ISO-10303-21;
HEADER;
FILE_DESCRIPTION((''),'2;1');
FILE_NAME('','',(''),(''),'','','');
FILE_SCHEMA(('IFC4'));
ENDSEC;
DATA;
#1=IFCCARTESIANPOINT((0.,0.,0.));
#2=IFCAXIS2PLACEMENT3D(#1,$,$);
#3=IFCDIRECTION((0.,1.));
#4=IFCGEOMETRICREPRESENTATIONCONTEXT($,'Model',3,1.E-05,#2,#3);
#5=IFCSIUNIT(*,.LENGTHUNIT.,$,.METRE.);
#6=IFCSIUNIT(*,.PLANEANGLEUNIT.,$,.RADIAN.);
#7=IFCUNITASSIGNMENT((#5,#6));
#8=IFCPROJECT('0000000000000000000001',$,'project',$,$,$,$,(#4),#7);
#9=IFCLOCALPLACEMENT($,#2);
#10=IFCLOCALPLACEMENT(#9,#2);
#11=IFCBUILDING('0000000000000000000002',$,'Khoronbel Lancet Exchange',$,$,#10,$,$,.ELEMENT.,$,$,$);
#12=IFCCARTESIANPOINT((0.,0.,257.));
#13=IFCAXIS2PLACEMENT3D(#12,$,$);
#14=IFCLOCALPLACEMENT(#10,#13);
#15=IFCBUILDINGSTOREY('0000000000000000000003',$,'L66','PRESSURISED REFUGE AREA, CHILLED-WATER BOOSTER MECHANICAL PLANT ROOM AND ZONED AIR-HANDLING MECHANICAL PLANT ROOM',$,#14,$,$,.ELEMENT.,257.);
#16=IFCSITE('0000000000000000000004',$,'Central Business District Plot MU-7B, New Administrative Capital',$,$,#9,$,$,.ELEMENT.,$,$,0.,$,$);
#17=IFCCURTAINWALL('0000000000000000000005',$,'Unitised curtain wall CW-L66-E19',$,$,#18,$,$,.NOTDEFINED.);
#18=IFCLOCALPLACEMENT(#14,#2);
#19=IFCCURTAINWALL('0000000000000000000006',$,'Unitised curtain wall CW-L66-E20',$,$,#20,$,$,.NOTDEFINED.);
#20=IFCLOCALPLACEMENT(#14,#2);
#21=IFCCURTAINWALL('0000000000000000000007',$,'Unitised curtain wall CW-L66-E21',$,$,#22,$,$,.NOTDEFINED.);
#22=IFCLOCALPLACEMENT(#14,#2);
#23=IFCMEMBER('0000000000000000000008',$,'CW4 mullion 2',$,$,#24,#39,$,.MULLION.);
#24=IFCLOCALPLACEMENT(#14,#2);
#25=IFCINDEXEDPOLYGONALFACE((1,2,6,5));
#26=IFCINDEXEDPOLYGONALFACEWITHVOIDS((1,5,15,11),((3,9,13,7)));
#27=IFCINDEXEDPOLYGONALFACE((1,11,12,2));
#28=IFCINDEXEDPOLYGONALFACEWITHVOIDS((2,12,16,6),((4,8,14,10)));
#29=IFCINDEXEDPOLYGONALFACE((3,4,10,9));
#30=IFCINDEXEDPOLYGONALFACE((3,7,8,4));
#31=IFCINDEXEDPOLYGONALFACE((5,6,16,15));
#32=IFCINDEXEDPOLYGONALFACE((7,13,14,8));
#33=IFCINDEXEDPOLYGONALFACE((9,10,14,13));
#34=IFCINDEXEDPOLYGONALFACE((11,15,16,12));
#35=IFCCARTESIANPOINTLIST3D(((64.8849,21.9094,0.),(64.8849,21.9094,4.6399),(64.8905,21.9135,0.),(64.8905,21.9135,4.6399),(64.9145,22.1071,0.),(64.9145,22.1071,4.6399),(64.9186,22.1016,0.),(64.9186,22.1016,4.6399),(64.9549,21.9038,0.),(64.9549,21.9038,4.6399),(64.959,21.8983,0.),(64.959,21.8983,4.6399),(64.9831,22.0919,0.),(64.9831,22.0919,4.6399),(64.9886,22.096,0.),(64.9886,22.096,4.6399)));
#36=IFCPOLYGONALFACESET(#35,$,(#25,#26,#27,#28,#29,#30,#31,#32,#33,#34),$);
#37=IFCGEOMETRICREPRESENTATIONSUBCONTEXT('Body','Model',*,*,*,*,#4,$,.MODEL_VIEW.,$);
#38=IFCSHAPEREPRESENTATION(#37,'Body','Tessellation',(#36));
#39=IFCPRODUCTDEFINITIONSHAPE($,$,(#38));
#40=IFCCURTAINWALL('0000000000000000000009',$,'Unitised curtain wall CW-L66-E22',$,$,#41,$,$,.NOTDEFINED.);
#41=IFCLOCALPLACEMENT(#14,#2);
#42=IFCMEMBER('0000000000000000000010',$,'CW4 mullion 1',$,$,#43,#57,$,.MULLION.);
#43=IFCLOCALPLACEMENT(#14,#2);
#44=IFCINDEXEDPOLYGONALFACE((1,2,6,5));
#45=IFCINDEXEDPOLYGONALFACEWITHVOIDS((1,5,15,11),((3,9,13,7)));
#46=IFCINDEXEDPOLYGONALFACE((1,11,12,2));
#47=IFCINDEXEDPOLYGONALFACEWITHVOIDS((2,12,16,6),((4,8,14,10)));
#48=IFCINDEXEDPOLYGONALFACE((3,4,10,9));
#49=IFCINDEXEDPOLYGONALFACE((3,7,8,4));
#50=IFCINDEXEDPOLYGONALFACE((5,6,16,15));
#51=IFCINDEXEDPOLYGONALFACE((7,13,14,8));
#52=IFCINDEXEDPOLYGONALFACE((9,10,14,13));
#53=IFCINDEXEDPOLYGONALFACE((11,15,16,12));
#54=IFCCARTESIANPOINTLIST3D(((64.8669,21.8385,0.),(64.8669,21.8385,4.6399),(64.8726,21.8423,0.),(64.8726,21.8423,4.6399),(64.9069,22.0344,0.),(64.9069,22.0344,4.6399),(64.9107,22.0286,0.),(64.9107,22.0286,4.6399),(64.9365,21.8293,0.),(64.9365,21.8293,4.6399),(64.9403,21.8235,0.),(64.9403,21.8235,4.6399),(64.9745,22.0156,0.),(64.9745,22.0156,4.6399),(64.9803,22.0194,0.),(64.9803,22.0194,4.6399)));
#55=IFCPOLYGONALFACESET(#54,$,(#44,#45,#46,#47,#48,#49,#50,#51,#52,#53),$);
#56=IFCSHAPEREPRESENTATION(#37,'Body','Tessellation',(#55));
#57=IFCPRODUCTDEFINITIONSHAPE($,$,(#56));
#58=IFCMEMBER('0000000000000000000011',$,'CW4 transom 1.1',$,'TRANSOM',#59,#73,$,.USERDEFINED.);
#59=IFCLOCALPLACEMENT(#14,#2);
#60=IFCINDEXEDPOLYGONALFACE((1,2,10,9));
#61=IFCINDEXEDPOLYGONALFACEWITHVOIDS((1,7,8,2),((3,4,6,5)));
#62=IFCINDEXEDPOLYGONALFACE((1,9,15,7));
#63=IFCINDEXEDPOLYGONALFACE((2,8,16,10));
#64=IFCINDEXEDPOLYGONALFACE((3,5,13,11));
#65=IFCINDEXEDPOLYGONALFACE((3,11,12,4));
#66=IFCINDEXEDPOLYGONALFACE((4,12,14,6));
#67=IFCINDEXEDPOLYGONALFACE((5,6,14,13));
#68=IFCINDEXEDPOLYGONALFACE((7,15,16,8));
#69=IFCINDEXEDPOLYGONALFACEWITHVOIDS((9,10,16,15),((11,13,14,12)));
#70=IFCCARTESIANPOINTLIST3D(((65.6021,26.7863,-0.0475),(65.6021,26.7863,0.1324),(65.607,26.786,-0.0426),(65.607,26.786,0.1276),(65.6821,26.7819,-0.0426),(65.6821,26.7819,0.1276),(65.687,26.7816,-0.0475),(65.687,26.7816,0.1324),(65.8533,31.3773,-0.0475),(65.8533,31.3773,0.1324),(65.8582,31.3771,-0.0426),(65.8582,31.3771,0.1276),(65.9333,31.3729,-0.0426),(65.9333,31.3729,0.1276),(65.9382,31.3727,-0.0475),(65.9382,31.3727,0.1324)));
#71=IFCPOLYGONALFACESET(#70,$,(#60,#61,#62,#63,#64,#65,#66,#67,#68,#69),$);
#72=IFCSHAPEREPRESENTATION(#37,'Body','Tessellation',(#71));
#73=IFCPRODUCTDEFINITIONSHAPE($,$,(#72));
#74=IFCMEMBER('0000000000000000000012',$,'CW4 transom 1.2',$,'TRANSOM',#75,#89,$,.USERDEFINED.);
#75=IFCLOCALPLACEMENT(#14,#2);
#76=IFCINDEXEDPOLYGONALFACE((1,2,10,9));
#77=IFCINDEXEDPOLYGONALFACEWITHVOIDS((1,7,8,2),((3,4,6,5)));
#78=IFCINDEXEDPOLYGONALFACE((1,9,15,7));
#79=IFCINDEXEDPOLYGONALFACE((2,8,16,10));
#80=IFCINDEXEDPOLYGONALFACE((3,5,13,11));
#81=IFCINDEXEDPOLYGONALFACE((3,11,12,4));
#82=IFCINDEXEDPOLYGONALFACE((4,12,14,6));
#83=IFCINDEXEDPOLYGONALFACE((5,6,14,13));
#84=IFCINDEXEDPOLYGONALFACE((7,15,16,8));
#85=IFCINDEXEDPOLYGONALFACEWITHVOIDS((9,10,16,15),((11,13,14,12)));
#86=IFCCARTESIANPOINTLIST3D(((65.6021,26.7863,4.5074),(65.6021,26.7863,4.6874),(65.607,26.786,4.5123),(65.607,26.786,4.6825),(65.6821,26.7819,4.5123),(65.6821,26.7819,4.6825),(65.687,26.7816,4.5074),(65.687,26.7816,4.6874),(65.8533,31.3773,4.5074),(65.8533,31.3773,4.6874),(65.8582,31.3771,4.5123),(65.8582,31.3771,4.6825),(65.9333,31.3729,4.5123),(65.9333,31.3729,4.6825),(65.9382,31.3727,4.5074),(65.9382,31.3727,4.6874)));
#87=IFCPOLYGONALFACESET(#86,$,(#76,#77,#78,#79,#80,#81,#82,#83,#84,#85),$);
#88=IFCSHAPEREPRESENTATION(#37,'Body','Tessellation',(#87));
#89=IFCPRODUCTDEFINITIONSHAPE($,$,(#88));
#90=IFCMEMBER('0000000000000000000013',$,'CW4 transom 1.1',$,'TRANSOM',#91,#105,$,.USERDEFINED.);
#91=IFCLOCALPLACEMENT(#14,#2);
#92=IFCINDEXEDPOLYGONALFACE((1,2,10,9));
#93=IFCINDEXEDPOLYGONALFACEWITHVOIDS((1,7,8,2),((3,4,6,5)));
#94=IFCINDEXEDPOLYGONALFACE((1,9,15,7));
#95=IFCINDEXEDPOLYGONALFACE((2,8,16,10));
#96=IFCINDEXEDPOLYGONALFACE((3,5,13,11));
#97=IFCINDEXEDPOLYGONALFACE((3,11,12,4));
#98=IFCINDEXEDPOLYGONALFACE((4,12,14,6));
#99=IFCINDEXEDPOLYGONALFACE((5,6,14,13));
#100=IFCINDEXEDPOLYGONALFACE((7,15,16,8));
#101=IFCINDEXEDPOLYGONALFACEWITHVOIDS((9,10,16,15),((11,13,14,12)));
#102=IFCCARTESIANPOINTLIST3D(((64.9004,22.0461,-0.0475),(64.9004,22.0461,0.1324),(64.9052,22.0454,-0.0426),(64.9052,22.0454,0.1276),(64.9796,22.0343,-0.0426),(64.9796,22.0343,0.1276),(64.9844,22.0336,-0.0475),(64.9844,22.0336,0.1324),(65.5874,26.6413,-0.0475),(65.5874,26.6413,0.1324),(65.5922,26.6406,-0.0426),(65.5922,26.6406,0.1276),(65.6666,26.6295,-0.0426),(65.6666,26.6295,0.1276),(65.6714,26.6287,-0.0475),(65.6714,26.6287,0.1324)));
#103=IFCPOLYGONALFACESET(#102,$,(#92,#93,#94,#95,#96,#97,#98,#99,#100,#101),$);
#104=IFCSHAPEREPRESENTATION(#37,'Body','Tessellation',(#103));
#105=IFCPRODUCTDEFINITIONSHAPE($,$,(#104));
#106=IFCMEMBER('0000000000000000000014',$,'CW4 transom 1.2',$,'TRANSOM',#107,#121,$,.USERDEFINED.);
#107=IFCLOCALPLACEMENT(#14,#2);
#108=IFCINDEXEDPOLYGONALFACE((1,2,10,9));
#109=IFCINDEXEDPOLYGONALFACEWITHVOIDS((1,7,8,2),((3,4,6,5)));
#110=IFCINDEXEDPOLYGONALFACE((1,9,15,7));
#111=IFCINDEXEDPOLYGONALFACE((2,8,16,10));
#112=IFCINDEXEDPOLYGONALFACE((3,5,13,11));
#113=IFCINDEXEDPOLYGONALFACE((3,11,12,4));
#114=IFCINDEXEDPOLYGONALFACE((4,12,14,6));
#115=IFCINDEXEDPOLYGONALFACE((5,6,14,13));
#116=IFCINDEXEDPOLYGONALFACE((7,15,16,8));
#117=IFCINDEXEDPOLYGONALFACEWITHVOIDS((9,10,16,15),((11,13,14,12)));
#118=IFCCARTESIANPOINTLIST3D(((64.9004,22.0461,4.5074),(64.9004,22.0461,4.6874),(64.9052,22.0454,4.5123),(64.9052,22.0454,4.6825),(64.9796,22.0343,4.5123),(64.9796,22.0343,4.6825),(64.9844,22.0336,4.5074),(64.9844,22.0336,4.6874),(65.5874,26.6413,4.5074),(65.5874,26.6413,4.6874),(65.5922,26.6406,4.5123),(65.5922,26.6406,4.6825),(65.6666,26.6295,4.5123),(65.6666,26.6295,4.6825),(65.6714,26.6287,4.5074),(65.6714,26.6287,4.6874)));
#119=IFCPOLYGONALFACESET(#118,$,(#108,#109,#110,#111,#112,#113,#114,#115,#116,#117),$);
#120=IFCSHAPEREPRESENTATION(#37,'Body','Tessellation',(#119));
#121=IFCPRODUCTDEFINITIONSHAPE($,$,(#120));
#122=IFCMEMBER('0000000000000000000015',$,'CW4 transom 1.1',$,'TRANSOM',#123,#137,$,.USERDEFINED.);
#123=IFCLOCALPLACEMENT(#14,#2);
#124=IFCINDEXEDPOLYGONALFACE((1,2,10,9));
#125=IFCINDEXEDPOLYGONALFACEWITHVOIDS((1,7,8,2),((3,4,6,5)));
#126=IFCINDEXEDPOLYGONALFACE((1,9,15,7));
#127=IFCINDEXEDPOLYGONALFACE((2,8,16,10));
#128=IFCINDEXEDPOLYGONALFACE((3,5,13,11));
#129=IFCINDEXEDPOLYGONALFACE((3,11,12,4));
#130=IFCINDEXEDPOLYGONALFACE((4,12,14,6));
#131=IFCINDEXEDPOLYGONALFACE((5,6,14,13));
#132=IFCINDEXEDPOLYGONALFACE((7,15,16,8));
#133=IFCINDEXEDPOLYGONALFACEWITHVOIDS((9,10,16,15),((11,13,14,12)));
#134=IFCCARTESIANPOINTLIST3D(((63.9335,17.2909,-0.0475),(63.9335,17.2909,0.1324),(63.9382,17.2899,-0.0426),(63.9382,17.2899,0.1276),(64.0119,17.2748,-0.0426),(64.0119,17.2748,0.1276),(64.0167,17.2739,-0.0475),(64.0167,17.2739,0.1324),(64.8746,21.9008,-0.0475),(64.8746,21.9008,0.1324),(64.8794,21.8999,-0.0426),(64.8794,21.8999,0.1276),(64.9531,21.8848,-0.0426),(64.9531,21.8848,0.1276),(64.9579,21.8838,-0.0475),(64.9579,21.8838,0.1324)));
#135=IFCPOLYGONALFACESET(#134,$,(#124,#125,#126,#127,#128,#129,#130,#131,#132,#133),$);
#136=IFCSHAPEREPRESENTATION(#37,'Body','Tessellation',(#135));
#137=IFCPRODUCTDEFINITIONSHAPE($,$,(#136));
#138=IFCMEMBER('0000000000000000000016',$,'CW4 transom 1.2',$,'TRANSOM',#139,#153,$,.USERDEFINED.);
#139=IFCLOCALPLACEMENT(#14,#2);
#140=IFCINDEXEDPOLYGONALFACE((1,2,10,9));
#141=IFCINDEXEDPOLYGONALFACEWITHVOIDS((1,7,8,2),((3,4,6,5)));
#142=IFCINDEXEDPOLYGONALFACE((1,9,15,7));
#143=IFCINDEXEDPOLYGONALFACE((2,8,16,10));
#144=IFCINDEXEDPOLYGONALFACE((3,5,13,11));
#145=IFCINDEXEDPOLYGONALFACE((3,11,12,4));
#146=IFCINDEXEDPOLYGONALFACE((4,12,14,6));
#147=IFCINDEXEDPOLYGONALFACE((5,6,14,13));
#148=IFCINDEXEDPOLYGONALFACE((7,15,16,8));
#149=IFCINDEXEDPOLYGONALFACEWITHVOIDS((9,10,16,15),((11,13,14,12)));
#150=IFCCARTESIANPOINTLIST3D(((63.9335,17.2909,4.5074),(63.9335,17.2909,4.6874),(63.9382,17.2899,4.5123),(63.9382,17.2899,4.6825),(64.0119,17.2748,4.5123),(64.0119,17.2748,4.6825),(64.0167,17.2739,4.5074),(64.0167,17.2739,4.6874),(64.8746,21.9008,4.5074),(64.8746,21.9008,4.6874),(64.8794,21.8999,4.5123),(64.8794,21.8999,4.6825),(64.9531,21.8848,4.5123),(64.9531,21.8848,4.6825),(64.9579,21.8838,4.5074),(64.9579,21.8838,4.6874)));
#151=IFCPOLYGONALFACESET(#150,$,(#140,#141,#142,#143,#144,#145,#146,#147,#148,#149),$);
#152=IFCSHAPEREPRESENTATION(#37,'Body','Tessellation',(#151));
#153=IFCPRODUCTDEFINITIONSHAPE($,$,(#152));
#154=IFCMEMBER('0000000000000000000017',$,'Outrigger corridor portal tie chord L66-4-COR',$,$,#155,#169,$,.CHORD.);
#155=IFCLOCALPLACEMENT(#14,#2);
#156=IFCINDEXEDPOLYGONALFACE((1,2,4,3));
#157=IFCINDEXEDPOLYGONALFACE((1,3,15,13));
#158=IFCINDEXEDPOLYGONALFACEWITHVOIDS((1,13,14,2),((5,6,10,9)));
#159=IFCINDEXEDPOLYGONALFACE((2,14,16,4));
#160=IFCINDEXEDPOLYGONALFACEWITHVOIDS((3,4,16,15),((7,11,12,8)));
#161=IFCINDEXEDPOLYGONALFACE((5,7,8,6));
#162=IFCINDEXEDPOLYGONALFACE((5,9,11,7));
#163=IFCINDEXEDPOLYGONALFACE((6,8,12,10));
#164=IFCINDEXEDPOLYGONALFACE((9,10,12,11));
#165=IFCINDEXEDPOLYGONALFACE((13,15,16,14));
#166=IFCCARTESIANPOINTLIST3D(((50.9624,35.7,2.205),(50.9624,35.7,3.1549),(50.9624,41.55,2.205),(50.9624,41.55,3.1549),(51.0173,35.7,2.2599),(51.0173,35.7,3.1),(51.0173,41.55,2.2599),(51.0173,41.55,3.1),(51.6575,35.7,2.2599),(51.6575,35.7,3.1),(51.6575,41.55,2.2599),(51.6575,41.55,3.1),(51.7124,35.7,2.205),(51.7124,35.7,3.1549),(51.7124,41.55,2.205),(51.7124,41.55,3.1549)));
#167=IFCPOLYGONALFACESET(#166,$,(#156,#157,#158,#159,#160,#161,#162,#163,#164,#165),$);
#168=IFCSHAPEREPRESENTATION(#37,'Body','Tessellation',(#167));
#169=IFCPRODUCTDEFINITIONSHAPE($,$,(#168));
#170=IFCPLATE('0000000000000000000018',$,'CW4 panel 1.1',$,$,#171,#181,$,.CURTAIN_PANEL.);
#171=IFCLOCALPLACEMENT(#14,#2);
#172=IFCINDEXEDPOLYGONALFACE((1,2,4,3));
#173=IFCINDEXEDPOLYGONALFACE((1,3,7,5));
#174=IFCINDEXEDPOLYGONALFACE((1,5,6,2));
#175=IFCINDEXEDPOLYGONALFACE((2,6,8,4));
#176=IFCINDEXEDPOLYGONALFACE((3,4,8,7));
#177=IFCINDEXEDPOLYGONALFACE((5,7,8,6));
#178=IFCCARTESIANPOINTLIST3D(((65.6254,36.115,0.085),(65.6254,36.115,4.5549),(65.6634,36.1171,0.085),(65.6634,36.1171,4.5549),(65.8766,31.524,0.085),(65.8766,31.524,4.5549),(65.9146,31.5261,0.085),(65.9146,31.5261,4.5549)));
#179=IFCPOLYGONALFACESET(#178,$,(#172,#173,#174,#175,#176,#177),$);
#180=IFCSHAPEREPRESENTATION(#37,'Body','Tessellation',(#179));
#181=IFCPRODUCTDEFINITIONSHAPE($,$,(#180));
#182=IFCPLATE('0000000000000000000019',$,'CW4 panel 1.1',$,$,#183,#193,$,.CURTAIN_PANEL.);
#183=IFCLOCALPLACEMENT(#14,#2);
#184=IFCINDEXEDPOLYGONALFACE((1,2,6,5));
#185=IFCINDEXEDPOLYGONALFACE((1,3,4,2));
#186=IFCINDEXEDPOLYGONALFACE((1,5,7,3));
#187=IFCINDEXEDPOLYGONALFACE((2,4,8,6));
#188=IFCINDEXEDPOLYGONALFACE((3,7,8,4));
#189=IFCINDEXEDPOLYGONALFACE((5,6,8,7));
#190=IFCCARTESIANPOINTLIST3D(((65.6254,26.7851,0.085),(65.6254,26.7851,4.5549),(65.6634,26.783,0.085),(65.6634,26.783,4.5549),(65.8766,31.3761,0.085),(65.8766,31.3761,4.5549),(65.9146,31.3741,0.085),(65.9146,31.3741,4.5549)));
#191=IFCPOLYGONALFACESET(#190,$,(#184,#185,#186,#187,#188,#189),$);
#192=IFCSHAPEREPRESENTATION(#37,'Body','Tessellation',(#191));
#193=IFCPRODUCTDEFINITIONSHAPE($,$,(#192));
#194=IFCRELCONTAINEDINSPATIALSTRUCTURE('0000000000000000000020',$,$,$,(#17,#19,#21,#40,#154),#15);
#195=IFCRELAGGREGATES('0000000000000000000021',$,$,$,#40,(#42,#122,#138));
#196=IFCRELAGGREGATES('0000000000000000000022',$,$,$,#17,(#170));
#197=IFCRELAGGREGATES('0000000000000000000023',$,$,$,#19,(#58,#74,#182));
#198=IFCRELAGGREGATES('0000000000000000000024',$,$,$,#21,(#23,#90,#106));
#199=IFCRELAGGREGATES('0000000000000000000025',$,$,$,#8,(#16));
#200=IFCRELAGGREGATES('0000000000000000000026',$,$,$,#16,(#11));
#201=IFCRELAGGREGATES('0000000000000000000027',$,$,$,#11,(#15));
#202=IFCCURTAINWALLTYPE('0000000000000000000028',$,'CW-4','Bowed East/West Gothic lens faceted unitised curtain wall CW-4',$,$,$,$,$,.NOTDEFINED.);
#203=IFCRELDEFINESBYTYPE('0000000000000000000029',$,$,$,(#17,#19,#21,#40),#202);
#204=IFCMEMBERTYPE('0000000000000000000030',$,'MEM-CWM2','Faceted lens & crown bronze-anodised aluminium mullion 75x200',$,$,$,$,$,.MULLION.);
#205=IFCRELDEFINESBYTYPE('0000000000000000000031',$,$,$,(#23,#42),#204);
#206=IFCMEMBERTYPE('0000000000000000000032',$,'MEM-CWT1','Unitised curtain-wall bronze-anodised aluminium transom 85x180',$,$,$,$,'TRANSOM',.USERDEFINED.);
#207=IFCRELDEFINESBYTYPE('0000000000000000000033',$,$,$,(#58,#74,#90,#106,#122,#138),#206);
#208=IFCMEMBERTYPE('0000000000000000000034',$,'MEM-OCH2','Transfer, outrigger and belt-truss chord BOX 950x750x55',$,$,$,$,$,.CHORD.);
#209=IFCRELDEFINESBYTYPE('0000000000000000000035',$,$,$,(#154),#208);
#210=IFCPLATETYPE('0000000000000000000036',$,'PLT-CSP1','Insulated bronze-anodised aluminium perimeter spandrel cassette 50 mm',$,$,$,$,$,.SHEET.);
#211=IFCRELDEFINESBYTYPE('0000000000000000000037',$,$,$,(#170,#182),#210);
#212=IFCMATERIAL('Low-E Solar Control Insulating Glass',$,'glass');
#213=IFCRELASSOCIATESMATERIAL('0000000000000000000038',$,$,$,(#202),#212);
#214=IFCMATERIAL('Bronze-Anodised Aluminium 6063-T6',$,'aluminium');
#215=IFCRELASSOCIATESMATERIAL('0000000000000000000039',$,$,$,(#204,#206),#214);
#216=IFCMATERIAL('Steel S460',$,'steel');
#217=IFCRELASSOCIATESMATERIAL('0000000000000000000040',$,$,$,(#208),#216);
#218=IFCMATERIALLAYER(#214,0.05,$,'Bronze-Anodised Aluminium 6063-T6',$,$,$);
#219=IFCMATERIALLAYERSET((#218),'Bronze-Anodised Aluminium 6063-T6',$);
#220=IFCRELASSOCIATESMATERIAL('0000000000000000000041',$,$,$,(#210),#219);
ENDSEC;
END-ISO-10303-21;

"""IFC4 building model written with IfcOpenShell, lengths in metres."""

from ifc_helpers import new_model, si_unit, direction, frame, origin, origin_2d, place, context, subcontext, project, spatial, rectangle, hollow_rectangle, extrude, material, layer, layer_set, material_profile, profile_set, type_object, element, aggregate, save


model = new_model("IFC4")

# Units and contexts
model_context = context("Model", 3, precision=1e-05, world=origin(), true_north=direction((0.0, 1.0)))
body_context = subcontext(model_context, "Body", "Model", "MODEL_VIEW")
ifc_project = project(units=[si_unit("LENGTHUNIT", "METRE"), si_unit("PLANEANGLEUNIT", "RADIAN")], contexts=[model_context])

# Site, building, storey
site_placement = place(None, origin())
site = spatial("IfcSite", under=ifc_project, at=site_placement, Name="Central Business District Plot MU-7B, New Administrative Capital", CompositionType="ELEMENT", RefElevation=0.0)
building_placement = place(site_placement, origin())
building = spatial("IfcBuilding", under=site, at=building_placement, Name="Khoronbel Lancet Exchange", CompositionType="ELEMENT")
storey_placement = place(building_placement, frame((0.0, 0.0, 257.0)))
storey = spatial("IfcBuildingStorey", under=building, at=storey_placement, Name="L66", Description="PRESSURISED REFUGE AREA, CHILLED-WATER BOOSTER MECHANICAL PLANT ROOM AND ZONED AIR-HANDLING MECHANICAL PLANT ROOM", CompositionType="ELEMENT", Elevation=257.0)

# Curtain wall
ifc_material_1 = material(Name="Low-E Solar Control Insulating Glass", Category="glass")
curtain_wall_type = type_object("IfcCurtainWallType", Name="CW-4", Description="Bowed East/West Gothic lens faceted unitised curtain wall CW-4", PredefinedType="NOTDEFINED", material=ifc_material_1)
curtain_wall_1_placement = place(storey_placement, origin())
curtain_wall_1 = element("IfcCurtainWall", 1, at=curtain_wall_1_placement, inside=storey, type_object=curtain_wall_type, Name="Unitised curtain wall CW-L66-E19", PredefinedType="NOTDEFINED")
ifc_material_2 = material(Name="Bronze-Anodised Aluminium 6063-T6", Category="aluminium")
ifc_material_profile_1 = material_profile(ifc_material_2, hollow_rectangle(XDim=0.075, YDim=0.2, WallThickness=0.0049, at=origin_2d()), Name="ALU MULLION 75x200")
ifc_profile_set_1 = profile_set([ifc_material_profile_1], Name="Bronze-Anodised Aluminium 6063-T6")
member_type_1 = type_object("IfcMemberType", Name="MEM-CWM2", Description="Faceted lens & crown bronze-anodised aluminium mullion 75x200", PredefinedType="MULLION", material=ifc_profile_set_1)

# Curtain walls, member
curtain_wall_2_placement = place(storey_placement, origin())
curtain_wall_2 = element("IfcCurtainWall", 2, at=curtain_wall_2_placement, inside=storey, type_object=curtain_wall_type, Name="Unitised curtain wall CW-L66-E20", PredefinedType="NOTDEFINED")
curtain_wall_3_placement = place(storey_placement, origin())
curtain_wall_3 = element("IfcCurtainWall", 3, at=curtain_wall_3_placement, inside=storey, type_object=curtain_wall_type, Name="Unitised curtain wall CW-L66-E21", PredefinedType="NOTDEFINED")
member_1_placement = place(storey_placement, frame((64.9368, 22.0027, 0.0), z_axis=(0.0, 0.0, 1.0), x_axis=(0.989007, -0.147869, 0.0)))
member_1 = element("IfcMember", 4, at=member_1_placement, type_object=member_type_1, Name="CW4 mullion 2", PredefinedType="MULLION", context=body_context, shape_type="SweptSolid", body=[
    extrude(hollow_rectangle(XDim=0.075, YDim=0.2, WallThickness=0.0049, at=origin_2d()), origin(), (0.0, 0.0, 1.0), 4.6399),
])

# Curtain wall, member
curtain_wall_4_placement = place(storey_placement, origin())
curtain_wall_4 = element("IfcCurtainWall", 5, at=curtain_wall_4_placement, inside=storey, type_object=curtain_wall_type, Name="Unitised curtain wall CW-L66-E22", PredefinedType="NOTDEFINED")
member_2_placement = place(storey_placement, frame((64.9236, 21.929, 0.0), z_axis=(0.0, 0.0, 1.0), x_axis=(0.979785, -0.200052, 0.0)))
member_2 = element("IfcMember", 6, at=member_2_placement, type_object=member_type_1, Name="CW4 mullion 1", PredefinedType="MULLION", context=body_context, shape_type="SweptSolid", body=[
    extrude(hollow_rectangle(XDim=0.075, YDim=0.2, WallThickness=0.0049, at=origin_2d()), origin(), (0.0, 0.0, 1.0), 4.6399),
])

# Members
ifc_material_profile_2 = material_profile(ifc_material_2, hollow_rectangle(XDim=0.085, YDim=0.1799, WallThickness=0.0049, at=origin_2d()), Name="ALU TRANSOM 85x180")
ifc_profile_set_2 = profile_set([ifc_material_profile_2], Name="Bronze-Anodised Aluminium 6063-T6")
member_type_2 = type_object("IfcMemberType", Name="MEM-CWT1", Description="Unitised curtain-wall bronze-anodised aluminium transom 85x180", ElementType="TRANSOM", PredefinedType="USERDEFINED", material=ifc_profile_set_2)
member_3_placement = place(storey_placement, frame((65.8958, 31.375, 0.0425), z_axis=(-0.054638, -0.998506, 0.0), x_axis=(0.998506, -0.054638, 0.0)))
member_3 = element("IfcMember", 7, at=member_3_placement, type_object=member_type_2, Name="CW4 transom 1.1", ObjectType="TRANSOM", PredefinedType="USERDEFINED", context=body_context, shape_type="SweptSolid", body=[
    extrude(hollow_rectangle(XDim=0.085, YDim=0.1799, WallThickness=0.0049, at=origin_2d()), origin(), (0.0, 0.0, 1.0), 4.5979),
])
member_4_placement = place(storey_placement, frame((65.8958, 31.375, 4.5974), z_axis=(-0.054638, -0.998506, 0.0), x_axis=(0.998506, -0.054638, 0.0)))
member_4 = element("IfcMember", 8, at=member_4_placement, type_object=member_type_2, Name="CW4 transom 1.2", ObjectType="TRANSOM", PredefinedType="USERDEFINED", context=body_context, shape_type="SweptSolid", body=[
    extrude(hollow_rectangle(XDim=0.085, YDim=0.1799, WallThickness=0.0049, at=origin_2d()), origin(), (0.0, 0.0, 1.0), 4.5979),
])
member_5_placement = place(storey_placement, frame((65.6294, 26.635, 0.0425), z_axis=(-0.147863, -0.989008, 0.0), x_axis=(0.989008, -0.147863, 0.0)))
member_5 = element("IfcMember", 9, at=member_5_placement, type_object=member_type_2, Name="CW4 transom 1.1", ObjectType="TRANSOM", PredefinedType="USERDEFINED", context=body_context, shape_type="SweptSolid", body=[
    extrude(hollow_rectangle(XDim=0.085, YDim=0.1799, WallThickness=0.0049, at=origin_2d()), origin(), (0.0, 0.0, 1.0), 4.6462),
])
member_6_placement = place(storey_placement, frame((65.6294, 26.635, 4.5974), z_axis=(-0.147863, -0.989008, 0.0), x_axis=(0.989008, -0.147863, 0.0)))
member_6 = element("IfcMember", 10, at=member_6_placement, type_object=member_type_2, Name="CW4 transom 1.2", ObjectType="TRANSOM", PredefinedType="USERDEFINED", context=body_context, shape_type="SweptSolid", body=[
    extrude(hollow_rectangle(XDim=0.085, YDim=0.1799, WallThickness=0.0049, at=origin_2d()), origin(), (0.0, 0.0, 1.0), 4.6462),
])
member_7_placement = place(storey_placement, frame((64.9163, 21.8923, 0.0425), z_axis=(-0.200036, -0.979788, 0.0), x_axis=(0.979788, -0.200036, 0.0)))
member_7 = element("IfcMember", 11, at=member_7_placement, type_object=member_type_2, Name="CW4 transom 1.1", ObjectType="TRANSOM", PredefinedType="USERDEFINED", context=body_context, shape_type="SweptSolid", body=[
    extrude(hollow_rectangle(XDim=0.085, YDim=0.1799, WallThickness=0.0049, at=origin_2d()), origin(), (0.0, 0.0, 1.0), 4.7051),
])
member_8_placement = place(storey_placement, frame((64.9163, 21.8923, 4.5974), z_axis=(-0.200036, -0.979788, 0.0), x_axis=(0.979788, -0.200036, 0.0)))
member_8 = element("IfcMember", 12, at=member_8_placement, type_object=member_type_2, Name="CW4 transom 1.2", ObjectType="TRANSOM", PredefinedType="USERDEFINED", context=body_context, shape_type="SweptSolid", body=[
    extrude(hollow_rectangle(XDim=0.085, YDim=0.1799, WallThickness=0.0049, at=origin_2d()), origin(), (0.0, 0.0, 1.0), 4.7051),
])
aggregate(curtain_wall_4, [member_2, member_7, member_8])
ifc_material_3 = material(Name="Steel S460", Category="steel")
ifc_material_profile_3 = material_profile(ifc_material_3, hollow_rectangle(XDim=0.75, YDim=0.95, WallThickness=0.0549, at=origin_2d()), Name="BOX 950x750x55")
ifc_profile_set_3 = profile_set([ifc_material_profile_3], Name="Steel S460")
member_type_3 = type_object("IfcMemberType", Name="MEM-OCH2", Description="Transfer, outrigger and belt-truss chord BOX 950x750x55", PredefinedType="CHORD", material=ifc_profile_set_3)
member_9_placement = place(storey_placement, frame((51.3374, 35.7, 2.6799), z_axis=(0.0, 1.0, 0.0), x_axis=(-1.0, 0.0, 0.0)))
element("IfcMember", 13, at=member_9_placement, inside=storey, type_object=member_type_3, Name="Outrigger corridor portal tie chord L66-4-COR", PredefinedType="CHORD", context=body_context, shape_type="SweptSolid", body=[
    extrude(hollow_rectangle(XDim=0.75, YDim=0.95, WallThickness=0.0549, at=origin_2d()), origin(), (0.0, 0.0, 1.0), 5.8501),
])

# Plates
ifc_layer_1 = layer(ifc_material_2, 0.05, Name="Bronze-Anodised Aluminium 6063-T6")
ifc_layer_set_1 = layer_set([ifc_layer_1], Name="Bronze-Anodised Aluminium 6063-T6")
plate_type_1 = type_object("IfcPlateType", Name="PLT-CSP1", Description="Insulated bronze-anodised aluminium perimeter spandrel cassette 50 mm", PredefinedType="SHEET", material=ifc_layer_set_1)
plate_1_placement = place(storey_placement, frame((65.77, 33.8206, 0.085), z_axis=(0.0, 0.0, 1.0), x_axis=(0.054634, -0.998506, 0.0)))
plate_1 = element("IfcPlate", 14, at=plate_1_placement, type_object=plate_type_1, Name="CW4 panel 1.1", PredefinedType="CURTAIN_PANEL", context=body_context, shape_type="SweptSolid", body=[
    extrude(rectangle(XDim=4.5979, YDim=0.0381, at=origin_2d()), origin(), (0.0, 0.0, 1.0), 4.47),
])
aggregate(curtain_wall_1, [plate_1])
plate_2_placement = place(storey_placement, frame((65.77, 29.0796, 0.085), z_axis=(0.0, 0.0, 1.0), x_axis=(-0.054634, -0.998506, 0.0)))
plate_2 = element("IfcPlate", 15, at=plate_2_placement, type_object=plate_type_1, Name="CW4 panel 1.1", PredefinedType="CURTAIN_PANEL", context=body_context, shape_type="SweptSolid", body=[
    extrude(rectangle(XDim=4.5979, YDim=0.0381, at=origin_2d()), origin(), (0.0, 0.0, 1.0), 4.47),
])
aggregate(curtain_wall_2, [member_3, member_4, plate_2])
aggregate(curtain_wall_3, [member_1, member_5, member_6])

save(model, "model.ifc")
